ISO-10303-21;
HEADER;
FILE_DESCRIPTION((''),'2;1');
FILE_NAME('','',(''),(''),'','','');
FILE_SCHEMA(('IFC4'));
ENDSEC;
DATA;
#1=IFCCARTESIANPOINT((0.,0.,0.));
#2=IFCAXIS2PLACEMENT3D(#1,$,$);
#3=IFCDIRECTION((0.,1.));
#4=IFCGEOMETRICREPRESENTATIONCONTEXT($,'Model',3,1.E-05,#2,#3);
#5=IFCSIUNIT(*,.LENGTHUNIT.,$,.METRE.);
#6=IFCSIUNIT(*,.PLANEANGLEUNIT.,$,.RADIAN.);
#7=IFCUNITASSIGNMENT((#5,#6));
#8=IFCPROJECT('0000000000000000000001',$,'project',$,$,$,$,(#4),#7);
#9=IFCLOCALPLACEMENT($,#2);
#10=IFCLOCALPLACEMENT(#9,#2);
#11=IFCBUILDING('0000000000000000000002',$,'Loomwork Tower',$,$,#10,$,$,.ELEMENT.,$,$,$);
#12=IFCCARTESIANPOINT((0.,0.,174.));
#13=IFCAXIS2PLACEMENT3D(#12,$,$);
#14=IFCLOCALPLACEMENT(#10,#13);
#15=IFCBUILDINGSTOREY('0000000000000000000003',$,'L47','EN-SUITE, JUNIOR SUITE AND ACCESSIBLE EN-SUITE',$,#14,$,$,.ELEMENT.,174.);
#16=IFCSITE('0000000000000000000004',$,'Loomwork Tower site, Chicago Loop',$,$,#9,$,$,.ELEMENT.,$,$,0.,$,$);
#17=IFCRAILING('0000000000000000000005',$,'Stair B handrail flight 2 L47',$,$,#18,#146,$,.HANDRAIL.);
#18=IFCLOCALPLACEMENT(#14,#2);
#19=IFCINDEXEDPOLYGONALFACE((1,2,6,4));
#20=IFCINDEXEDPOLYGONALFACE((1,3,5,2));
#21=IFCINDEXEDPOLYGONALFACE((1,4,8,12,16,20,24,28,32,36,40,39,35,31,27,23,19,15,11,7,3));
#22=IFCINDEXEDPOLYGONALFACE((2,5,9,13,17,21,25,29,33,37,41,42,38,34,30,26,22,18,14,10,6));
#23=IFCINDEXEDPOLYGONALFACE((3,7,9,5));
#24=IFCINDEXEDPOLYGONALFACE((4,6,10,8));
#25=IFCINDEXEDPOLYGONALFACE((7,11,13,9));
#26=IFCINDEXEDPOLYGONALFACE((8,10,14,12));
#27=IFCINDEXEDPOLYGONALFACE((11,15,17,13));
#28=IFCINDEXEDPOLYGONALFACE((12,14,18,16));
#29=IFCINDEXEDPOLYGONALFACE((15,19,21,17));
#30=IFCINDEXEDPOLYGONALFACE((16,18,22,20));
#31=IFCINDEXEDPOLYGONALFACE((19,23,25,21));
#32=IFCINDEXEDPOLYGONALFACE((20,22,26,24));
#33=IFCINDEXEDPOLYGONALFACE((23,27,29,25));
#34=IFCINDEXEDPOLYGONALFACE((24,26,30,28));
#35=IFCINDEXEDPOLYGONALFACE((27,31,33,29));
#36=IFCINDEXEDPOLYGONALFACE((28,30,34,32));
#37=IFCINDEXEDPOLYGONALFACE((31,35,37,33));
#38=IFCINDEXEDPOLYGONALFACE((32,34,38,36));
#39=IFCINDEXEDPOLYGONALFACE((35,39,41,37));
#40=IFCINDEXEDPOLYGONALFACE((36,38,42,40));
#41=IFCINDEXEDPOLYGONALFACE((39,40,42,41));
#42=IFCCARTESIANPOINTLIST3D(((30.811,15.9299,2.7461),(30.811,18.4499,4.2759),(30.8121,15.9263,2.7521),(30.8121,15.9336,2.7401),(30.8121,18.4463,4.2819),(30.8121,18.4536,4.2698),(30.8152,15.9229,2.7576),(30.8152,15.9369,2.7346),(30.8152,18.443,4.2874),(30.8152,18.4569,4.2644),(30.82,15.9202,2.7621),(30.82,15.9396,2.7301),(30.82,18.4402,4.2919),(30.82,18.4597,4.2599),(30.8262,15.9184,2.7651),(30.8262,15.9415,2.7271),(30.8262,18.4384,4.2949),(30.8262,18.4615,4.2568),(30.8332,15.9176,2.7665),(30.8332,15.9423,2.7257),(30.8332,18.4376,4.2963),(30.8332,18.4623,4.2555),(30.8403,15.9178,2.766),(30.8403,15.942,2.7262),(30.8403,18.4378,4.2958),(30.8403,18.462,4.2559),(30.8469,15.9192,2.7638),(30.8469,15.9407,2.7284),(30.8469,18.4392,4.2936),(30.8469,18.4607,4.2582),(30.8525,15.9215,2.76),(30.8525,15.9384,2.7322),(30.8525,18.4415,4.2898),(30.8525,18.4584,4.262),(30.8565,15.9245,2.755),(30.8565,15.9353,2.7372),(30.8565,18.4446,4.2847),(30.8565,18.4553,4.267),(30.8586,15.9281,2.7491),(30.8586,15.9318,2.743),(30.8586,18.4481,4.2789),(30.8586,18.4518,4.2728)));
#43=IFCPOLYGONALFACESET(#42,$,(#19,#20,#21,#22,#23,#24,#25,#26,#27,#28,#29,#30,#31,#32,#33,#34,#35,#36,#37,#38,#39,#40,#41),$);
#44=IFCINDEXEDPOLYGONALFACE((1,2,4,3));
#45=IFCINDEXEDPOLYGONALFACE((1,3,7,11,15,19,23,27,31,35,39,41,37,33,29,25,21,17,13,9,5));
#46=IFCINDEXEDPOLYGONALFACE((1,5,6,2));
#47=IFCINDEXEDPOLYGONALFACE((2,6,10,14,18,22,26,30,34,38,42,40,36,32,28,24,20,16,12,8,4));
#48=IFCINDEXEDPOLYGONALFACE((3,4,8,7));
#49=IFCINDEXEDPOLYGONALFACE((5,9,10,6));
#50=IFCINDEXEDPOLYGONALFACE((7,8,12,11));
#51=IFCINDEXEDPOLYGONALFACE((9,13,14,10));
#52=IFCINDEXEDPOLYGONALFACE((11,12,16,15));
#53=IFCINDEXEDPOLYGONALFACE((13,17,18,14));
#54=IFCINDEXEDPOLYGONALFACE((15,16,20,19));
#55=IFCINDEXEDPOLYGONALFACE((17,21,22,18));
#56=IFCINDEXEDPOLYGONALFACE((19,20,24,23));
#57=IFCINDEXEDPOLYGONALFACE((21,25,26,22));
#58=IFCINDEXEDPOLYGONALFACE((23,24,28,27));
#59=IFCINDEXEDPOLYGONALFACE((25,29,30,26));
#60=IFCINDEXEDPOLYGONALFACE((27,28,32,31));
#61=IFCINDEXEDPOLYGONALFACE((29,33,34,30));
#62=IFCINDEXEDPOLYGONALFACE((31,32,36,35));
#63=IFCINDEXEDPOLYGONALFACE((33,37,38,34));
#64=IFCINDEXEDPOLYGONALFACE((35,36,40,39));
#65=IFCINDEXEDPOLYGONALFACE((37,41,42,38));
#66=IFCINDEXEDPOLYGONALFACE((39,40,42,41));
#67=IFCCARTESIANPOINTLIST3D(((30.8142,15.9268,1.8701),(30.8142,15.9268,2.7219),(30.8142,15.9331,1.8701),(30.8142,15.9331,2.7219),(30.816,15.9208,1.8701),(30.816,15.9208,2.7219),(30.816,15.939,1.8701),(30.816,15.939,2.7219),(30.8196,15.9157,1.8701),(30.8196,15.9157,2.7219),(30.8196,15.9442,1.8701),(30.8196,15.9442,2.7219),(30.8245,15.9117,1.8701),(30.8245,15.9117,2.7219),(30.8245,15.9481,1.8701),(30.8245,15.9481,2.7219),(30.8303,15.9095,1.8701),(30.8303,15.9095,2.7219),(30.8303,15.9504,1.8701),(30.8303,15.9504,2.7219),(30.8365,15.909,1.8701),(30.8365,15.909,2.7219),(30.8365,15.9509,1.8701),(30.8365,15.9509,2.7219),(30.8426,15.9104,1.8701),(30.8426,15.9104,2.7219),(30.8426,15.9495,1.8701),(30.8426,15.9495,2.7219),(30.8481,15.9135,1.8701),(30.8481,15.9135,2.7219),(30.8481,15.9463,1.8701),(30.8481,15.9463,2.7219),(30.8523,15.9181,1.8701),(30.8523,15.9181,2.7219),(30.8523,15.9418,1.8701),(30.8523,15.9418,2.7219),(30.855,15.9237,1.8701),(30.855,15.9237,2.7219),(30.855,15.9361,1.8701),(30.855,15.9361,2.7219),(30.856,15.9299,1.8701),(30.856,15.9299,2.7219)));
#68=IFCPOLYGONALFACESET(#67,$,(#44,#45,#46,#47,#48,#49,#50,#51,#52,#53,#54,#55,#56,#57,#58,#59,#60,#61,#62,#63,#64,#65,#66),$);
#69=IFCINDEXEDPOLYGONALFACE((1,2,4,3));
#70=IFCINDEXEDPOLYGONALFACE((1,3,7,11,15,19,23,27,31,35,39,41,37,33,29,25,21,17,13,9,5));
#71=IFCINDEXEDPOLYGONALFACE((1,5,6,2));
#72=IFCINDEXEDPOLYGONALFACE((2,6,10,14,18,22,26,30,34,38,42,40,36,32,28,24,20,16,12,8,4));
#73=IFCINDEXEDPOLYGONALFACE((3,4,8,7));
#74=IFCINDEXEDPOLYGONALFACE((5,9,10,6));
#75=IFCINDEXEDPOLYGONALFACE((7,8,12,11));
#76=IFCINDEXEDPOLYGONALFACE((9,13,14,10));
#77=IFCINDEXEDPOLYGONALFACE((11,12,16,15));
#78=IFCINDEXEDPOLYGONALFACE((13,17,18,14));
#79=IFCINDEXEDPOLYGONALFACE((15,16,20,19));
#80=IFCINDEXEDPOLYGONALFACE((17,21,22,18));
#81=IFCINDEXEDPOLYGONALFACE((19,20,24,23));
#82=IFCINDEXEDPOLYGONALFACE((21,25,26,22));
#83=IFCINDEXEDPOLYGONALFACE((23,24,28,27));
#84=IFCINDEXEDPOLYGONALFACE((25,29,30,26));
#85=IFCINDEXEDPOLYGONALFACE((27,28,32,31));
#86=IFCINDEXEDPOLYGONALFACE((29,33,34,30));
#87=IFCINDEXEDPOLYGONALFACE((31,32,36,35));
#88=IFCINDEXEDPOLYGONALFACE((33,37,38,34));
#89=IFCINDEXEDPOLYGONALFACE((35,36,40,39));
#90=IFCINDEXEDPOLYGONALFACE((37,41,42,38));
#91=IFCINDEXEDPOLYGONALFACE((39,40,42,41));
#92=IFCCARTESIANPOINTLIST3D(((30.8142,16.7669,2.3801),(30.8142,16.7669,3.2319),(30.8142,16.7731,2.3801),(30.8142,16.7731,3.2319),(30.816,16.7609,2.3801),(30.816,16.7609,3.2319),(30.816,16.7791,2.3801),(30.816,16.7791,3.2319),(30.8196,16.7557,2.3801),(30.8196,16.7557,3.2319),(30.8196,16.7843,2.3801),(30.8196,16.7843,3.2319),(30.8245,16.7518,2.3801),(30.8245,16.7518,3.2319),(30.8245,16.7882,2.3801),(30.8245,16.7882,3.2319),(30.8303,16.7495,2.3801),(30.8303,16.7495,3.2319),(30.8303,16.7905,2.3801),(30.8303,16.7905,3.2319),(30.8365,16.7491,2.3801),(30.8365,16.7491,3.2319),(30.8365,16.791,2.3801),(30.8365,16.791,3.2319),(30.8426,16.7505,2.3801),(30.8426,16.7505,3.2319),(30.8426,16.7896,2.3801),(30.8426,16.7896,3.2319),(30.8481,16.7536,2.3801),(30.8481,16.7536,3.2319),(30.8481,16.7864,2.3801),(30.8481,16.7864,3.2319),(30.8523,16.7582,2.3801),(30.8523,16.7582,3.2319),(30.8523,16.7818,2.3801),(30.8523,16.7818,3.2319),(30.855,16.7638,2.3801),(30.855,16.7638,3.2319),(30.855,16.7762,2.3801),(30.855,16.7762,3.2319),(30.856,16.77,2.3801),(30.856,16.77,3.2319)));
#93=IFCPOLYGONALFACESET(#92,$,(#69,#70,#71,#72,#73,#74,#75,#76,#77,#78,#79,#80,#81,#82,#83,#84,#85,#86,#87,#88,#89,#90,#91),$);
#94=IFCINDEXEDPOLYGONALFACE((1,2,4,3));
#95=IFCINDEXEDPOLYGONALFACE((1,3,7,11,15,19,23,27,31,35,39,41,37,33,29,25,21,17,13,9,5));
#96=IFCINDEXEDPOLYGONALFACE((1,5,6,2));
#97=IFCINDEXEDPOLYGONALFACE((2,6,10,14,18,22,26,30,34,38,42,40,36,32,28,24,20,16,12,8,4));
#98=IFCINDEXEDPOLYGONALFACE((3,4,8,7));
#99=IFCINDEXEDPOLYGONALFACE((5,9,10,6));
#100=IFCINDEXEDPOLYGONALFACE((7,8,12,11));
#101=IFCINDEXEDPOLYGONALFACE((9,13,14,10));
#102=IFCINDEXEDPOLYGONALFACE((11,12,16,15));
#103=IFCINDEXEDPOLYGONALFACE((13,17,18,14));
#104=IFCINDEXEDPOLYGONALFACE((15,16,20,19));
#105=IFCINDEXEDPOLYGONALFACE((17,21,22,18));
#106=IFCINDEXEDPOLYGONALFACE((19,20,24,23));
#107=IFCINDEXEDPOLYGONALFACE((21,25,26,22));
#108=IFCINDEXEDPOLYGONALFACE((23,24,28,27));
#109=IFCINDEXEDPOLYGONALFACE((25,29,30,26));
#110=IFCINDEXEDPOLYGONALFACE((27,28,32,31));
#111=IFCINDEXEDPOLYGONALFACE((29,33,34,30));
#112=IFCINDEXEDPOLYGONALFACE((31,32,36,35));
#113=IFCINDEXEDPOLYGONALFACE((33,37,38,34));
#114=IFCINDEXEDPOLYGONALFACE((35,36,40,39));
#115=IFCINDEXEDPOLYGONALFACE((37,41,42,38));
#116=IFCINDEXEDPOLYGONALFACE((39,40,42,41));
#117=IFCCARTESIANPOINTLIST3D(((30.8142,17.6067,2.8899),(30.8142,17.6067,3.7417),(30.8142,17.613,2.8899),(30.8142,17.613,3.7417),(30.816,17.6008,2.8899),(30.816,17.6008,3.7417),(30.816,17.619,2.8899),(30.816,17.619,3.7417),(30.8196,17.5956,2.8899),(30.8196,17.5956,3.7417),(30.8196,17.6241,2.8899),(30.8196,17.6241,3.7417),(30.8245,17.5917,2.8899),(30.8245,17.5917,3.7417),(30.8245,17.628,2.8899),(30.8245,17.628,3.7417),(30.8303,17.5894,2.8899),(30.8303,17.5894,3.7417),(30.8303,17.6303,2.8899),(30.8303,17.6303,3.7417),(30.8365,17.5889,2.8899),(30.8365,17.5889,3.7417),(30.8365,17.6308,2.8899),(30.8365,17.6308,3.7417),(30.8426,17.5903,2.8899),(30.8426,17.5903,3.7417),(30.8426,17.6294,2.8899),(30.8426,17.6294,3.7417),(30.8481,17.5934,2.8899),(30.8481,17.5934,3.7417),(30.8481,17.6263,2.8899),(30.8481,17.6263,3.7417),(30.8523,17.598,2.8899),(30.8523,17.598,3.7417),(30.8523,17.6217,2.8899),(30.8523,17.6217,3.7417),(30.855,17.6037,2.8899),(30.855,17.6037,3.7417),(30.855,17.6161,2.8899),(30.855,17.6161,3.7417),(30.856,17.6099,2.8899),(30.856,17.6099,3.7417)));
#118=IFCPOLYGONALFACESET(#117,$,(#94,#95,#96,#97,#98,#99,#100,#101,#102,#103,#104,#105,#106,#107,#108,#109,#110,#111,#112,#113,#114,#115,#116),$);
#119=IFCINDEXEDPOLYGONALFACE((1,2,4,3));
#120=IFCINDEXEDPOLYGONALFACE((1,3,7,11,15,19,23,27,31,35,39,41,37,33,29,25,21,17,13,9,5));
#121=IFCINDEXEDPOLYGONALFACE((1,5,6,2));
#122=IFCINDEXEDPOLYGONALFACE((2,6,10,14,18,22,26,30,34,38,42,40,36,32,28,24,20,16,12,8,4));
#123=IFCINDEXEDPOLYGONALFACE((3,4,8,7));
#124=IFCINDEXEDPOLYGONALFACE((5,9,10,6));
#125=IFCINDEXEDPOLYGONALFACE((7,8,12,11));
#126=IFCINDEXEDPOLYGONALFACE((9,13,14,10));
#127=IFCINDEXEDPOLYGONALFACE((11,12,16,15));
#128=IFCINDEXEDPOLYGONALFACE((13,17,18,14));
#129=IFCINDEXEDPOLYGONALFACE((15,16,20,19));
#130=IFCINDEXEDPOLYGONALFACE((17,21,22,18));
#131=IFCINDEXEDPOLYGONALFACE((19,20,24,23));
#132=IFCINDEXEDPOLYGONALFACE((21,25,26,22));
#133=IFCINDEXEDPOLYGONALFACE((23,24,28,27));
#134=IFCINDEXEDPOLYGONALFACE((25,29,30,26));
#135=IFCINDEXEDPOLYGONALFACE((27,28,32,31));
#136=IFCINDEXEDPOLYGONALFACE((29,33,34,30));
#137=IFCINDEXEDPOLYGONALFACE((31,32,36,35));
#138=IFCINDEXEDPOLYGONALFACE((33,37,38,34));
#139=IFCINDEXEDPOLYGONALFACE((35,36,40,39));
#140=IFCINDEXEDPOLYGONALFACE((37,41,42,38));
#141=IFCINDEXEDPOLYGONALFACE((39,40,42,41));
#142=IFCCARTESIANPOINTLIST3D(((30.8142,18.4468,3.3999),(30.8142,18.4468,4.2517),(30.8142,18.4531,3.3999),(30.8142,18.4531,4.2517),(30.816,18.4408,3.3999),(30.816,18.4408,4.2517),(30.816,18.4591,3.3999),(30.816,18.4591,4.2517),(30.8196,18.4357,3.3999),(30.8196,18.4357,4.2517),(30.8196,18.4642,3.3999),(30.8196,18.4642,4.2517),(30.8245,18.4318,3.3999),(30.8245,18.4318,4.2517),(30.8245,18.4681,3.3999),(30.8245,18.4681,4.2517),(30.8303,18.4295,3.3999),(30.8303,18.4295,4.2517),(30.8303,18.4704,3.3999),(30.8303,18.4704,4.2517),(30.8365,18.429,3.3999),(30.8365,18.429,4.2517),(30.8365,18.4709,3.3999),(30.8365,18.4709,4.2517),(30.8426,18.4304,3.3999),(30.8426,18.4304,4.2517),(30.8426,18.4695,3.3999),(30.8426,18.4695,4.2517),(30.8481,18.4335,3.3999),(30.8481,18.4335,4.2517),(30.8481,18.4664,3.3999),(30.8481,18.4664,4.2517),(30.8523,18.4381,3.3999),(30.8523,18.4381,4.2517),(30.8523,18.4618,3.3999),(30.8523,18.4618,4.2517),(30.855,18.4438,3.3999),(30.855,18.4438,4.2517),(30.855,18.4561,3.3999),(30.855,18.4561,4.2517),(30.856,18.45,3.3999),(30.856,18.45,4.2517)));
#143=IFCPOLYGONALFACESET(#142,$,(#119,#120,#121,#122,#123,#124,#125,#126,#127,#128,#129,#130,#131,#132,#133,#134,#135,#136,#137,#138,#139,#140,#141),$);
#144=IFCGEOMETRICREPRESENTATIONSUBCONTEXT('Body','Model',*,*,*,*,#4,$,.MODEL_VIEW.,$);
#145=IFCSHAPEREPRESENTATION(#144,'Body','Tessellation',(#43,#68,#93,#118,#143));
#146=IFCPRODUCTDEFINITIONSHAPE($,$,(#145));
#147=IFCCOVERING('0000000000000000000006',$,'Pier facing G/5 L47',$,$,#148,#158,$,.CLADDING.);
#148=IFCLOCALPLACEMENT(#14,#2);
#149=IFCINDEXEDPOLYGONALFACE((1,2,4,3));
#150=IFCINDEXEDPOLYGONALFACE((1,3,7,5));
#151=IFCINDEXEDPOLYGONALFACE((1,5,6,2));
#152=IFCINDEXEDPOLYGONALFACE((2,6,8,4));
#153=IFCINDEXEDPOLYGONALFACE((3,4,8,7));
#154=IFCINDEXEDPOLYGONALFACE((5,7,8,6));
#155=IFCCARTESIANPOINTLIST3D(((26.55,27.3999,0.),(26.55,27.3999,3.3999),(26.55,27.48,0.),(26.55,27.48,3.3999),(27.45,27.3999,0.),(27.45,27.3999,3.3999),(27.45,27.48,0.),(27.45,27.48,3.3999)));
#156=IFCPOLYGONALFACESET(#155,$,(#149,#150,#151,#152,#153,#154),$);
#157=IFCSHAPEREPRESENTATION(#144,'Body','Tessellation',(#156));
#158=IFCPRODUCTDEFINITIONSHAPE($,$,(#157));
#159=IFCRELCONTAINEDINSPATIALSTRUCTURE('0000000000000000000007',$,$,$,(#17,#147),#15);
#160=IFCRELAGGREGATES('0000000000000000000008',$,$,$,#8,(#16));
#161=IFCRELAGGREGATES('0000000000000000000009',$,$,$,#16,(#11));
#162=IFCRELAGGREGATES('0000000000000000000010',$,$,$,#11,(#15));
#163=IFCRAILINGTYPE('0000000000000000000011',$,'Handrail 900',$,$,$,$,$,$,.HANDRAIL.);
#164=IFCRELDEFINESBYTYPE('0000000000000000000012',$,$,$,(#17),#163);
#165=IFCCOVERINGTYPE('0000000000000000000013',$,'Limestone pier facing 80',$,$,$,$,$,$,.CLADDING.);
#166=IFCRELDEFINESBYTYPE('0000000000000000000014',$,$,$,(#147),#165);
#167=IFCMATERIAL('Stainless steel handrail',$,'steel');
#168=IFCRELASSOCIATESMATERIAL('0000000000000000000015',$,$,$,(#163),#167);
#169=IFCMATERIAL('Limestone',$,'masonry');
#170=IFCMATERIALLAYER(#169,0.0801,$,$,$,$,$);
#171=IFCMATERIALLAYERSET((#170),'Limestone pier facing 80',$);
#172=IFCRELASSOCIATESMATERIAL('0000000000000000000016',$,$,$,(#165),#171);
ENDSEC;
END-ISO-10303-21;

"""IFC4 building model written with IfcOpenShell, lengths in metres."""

from ifc_helpers import new_model, si_unit, direction, frame, origin, origin_2d, place, context, subcontext, project, spatial, rectangle, circle, extrude, material, layer, layer_set, type_object, element, save


model = new_model("IFC4")

# Units and contexts
model_context = context("Model", 3, precision=1e-05, world=origin(), true_north=direction((0.0, 1.0)))
body_context = subcontext(model_context, "Body", "Model", "MODEL_VIEW")
ifc_project = project(units=[si_unit("LENGTHUNIT", "METRE"), si_unit("PLANEANGLEUNIT", "RADIAN")], contexts=[model_context])

# Site, building, storey
site_placement = place(None, origin())
site = spatial("IfcSite", under=ifc_project, at=site_placement, Name="Loomwork Tower site, Chicago Loop", CompositionType="ELEMENT", RefElevation=0.0)
building_placement = place(site_placement, origin())
building = spatial("IfcBuilding", under=site, at=building_placement, Name="Loomwork Tower", CompositionType="ELEMENT")
storey_placement = place(building_placement, frame((0.0, 0.0, 174.0)))
storey = spatial("IfcBuildingStorey", under=building, at=storey_placement, Name="L47", Description="EN-SUITE, JUNIOR SUITE AND ACCESSIBLE EN-SUITE", CompositionType="ELEMENT", Elevation=174.0)

# Railing
ifc_material_1 = material(Name="Stainless steel handrail", Category="steel")
railing_type = type_object("IfcRailingType", Name="Handrail 900", PredefinedType="HANDRAIL", material=ifc_material_1)
railing_placement = place(storey_placement, frame((30.835, 15.9299, 1.8701)))
element("IfcRailing", 1, at=railing_placement, inside=storey, type_object=railing_type, Name="Stair B handrail flight 2 L47", PredefinedType="HANDRAIL", context=body_context, shape_type="SweptSolid", body=[
    extrude(circle(Radius=0.0239, at=origin_2d()), frame((0.0, 0.0, 0.876), z_axis=(0.0, 0.854822, 0.518922), x_axis=(-1.0, 0.0, 0.0)), (0.0, 0.0, 1.0), 2.948),
    extrude(circle(Radius=0.021, at=origin_2d()), origin(), (0.0, 0.0, 1.0), 0.8518),
    extrude(circle(Radius=0.021, at=origin_2d()), frame((0.0, 0.8401, 0.51)), (0.0, 0.0, 1.0), 0.8518),
    extrude(circle(Radius=0.021, at=origin_2d()), frame((0.0, 1.6799, 1.0198)), (0.0, 0.0, 1.0), 0.8518),
    extrude(circle(Radius=0.021, at=origin_2d()), frame((0.0, 2.52, 1.5298)), (0.0, 0.0, 1.0), 0.8518),
])

# Covering
ifc_material_2 = material(Name="Limestone", Category="masonry")
ifc_layer_1 = layer(ifc_material_2, 0.0801)
ifc_layer_set_1 = layer_set([ifc_layer_1], Name="Limestone pier facing 80")
covering_type = type_object("IfcCoveringType", Name="Limestone pier facing 80", PredefinedType="CLADDING", material=ifc_layer_set_1)
covering_placement = place(storey_placement, frame((27.0, 27.4399, 0.0), z_axis=(0.0, 0.0, 1.0), x_axis=(1.0, 0.0, 0.0)))
element("IfcCovering", 2, at=covering_placement, inside=storey, type_object=covering_type, Name="Pier facing G/5 L47", PredefinedType="CLADDING", context=body_context, shape_type="SweptSolid", body=[
    extrude(rectangle(XDim=0.8999, YDim=0.0801, at=origin_2d()), origin(), (0.0, 0.0, 1.0), 3.3999),
])

save(model, "model.ifc")
